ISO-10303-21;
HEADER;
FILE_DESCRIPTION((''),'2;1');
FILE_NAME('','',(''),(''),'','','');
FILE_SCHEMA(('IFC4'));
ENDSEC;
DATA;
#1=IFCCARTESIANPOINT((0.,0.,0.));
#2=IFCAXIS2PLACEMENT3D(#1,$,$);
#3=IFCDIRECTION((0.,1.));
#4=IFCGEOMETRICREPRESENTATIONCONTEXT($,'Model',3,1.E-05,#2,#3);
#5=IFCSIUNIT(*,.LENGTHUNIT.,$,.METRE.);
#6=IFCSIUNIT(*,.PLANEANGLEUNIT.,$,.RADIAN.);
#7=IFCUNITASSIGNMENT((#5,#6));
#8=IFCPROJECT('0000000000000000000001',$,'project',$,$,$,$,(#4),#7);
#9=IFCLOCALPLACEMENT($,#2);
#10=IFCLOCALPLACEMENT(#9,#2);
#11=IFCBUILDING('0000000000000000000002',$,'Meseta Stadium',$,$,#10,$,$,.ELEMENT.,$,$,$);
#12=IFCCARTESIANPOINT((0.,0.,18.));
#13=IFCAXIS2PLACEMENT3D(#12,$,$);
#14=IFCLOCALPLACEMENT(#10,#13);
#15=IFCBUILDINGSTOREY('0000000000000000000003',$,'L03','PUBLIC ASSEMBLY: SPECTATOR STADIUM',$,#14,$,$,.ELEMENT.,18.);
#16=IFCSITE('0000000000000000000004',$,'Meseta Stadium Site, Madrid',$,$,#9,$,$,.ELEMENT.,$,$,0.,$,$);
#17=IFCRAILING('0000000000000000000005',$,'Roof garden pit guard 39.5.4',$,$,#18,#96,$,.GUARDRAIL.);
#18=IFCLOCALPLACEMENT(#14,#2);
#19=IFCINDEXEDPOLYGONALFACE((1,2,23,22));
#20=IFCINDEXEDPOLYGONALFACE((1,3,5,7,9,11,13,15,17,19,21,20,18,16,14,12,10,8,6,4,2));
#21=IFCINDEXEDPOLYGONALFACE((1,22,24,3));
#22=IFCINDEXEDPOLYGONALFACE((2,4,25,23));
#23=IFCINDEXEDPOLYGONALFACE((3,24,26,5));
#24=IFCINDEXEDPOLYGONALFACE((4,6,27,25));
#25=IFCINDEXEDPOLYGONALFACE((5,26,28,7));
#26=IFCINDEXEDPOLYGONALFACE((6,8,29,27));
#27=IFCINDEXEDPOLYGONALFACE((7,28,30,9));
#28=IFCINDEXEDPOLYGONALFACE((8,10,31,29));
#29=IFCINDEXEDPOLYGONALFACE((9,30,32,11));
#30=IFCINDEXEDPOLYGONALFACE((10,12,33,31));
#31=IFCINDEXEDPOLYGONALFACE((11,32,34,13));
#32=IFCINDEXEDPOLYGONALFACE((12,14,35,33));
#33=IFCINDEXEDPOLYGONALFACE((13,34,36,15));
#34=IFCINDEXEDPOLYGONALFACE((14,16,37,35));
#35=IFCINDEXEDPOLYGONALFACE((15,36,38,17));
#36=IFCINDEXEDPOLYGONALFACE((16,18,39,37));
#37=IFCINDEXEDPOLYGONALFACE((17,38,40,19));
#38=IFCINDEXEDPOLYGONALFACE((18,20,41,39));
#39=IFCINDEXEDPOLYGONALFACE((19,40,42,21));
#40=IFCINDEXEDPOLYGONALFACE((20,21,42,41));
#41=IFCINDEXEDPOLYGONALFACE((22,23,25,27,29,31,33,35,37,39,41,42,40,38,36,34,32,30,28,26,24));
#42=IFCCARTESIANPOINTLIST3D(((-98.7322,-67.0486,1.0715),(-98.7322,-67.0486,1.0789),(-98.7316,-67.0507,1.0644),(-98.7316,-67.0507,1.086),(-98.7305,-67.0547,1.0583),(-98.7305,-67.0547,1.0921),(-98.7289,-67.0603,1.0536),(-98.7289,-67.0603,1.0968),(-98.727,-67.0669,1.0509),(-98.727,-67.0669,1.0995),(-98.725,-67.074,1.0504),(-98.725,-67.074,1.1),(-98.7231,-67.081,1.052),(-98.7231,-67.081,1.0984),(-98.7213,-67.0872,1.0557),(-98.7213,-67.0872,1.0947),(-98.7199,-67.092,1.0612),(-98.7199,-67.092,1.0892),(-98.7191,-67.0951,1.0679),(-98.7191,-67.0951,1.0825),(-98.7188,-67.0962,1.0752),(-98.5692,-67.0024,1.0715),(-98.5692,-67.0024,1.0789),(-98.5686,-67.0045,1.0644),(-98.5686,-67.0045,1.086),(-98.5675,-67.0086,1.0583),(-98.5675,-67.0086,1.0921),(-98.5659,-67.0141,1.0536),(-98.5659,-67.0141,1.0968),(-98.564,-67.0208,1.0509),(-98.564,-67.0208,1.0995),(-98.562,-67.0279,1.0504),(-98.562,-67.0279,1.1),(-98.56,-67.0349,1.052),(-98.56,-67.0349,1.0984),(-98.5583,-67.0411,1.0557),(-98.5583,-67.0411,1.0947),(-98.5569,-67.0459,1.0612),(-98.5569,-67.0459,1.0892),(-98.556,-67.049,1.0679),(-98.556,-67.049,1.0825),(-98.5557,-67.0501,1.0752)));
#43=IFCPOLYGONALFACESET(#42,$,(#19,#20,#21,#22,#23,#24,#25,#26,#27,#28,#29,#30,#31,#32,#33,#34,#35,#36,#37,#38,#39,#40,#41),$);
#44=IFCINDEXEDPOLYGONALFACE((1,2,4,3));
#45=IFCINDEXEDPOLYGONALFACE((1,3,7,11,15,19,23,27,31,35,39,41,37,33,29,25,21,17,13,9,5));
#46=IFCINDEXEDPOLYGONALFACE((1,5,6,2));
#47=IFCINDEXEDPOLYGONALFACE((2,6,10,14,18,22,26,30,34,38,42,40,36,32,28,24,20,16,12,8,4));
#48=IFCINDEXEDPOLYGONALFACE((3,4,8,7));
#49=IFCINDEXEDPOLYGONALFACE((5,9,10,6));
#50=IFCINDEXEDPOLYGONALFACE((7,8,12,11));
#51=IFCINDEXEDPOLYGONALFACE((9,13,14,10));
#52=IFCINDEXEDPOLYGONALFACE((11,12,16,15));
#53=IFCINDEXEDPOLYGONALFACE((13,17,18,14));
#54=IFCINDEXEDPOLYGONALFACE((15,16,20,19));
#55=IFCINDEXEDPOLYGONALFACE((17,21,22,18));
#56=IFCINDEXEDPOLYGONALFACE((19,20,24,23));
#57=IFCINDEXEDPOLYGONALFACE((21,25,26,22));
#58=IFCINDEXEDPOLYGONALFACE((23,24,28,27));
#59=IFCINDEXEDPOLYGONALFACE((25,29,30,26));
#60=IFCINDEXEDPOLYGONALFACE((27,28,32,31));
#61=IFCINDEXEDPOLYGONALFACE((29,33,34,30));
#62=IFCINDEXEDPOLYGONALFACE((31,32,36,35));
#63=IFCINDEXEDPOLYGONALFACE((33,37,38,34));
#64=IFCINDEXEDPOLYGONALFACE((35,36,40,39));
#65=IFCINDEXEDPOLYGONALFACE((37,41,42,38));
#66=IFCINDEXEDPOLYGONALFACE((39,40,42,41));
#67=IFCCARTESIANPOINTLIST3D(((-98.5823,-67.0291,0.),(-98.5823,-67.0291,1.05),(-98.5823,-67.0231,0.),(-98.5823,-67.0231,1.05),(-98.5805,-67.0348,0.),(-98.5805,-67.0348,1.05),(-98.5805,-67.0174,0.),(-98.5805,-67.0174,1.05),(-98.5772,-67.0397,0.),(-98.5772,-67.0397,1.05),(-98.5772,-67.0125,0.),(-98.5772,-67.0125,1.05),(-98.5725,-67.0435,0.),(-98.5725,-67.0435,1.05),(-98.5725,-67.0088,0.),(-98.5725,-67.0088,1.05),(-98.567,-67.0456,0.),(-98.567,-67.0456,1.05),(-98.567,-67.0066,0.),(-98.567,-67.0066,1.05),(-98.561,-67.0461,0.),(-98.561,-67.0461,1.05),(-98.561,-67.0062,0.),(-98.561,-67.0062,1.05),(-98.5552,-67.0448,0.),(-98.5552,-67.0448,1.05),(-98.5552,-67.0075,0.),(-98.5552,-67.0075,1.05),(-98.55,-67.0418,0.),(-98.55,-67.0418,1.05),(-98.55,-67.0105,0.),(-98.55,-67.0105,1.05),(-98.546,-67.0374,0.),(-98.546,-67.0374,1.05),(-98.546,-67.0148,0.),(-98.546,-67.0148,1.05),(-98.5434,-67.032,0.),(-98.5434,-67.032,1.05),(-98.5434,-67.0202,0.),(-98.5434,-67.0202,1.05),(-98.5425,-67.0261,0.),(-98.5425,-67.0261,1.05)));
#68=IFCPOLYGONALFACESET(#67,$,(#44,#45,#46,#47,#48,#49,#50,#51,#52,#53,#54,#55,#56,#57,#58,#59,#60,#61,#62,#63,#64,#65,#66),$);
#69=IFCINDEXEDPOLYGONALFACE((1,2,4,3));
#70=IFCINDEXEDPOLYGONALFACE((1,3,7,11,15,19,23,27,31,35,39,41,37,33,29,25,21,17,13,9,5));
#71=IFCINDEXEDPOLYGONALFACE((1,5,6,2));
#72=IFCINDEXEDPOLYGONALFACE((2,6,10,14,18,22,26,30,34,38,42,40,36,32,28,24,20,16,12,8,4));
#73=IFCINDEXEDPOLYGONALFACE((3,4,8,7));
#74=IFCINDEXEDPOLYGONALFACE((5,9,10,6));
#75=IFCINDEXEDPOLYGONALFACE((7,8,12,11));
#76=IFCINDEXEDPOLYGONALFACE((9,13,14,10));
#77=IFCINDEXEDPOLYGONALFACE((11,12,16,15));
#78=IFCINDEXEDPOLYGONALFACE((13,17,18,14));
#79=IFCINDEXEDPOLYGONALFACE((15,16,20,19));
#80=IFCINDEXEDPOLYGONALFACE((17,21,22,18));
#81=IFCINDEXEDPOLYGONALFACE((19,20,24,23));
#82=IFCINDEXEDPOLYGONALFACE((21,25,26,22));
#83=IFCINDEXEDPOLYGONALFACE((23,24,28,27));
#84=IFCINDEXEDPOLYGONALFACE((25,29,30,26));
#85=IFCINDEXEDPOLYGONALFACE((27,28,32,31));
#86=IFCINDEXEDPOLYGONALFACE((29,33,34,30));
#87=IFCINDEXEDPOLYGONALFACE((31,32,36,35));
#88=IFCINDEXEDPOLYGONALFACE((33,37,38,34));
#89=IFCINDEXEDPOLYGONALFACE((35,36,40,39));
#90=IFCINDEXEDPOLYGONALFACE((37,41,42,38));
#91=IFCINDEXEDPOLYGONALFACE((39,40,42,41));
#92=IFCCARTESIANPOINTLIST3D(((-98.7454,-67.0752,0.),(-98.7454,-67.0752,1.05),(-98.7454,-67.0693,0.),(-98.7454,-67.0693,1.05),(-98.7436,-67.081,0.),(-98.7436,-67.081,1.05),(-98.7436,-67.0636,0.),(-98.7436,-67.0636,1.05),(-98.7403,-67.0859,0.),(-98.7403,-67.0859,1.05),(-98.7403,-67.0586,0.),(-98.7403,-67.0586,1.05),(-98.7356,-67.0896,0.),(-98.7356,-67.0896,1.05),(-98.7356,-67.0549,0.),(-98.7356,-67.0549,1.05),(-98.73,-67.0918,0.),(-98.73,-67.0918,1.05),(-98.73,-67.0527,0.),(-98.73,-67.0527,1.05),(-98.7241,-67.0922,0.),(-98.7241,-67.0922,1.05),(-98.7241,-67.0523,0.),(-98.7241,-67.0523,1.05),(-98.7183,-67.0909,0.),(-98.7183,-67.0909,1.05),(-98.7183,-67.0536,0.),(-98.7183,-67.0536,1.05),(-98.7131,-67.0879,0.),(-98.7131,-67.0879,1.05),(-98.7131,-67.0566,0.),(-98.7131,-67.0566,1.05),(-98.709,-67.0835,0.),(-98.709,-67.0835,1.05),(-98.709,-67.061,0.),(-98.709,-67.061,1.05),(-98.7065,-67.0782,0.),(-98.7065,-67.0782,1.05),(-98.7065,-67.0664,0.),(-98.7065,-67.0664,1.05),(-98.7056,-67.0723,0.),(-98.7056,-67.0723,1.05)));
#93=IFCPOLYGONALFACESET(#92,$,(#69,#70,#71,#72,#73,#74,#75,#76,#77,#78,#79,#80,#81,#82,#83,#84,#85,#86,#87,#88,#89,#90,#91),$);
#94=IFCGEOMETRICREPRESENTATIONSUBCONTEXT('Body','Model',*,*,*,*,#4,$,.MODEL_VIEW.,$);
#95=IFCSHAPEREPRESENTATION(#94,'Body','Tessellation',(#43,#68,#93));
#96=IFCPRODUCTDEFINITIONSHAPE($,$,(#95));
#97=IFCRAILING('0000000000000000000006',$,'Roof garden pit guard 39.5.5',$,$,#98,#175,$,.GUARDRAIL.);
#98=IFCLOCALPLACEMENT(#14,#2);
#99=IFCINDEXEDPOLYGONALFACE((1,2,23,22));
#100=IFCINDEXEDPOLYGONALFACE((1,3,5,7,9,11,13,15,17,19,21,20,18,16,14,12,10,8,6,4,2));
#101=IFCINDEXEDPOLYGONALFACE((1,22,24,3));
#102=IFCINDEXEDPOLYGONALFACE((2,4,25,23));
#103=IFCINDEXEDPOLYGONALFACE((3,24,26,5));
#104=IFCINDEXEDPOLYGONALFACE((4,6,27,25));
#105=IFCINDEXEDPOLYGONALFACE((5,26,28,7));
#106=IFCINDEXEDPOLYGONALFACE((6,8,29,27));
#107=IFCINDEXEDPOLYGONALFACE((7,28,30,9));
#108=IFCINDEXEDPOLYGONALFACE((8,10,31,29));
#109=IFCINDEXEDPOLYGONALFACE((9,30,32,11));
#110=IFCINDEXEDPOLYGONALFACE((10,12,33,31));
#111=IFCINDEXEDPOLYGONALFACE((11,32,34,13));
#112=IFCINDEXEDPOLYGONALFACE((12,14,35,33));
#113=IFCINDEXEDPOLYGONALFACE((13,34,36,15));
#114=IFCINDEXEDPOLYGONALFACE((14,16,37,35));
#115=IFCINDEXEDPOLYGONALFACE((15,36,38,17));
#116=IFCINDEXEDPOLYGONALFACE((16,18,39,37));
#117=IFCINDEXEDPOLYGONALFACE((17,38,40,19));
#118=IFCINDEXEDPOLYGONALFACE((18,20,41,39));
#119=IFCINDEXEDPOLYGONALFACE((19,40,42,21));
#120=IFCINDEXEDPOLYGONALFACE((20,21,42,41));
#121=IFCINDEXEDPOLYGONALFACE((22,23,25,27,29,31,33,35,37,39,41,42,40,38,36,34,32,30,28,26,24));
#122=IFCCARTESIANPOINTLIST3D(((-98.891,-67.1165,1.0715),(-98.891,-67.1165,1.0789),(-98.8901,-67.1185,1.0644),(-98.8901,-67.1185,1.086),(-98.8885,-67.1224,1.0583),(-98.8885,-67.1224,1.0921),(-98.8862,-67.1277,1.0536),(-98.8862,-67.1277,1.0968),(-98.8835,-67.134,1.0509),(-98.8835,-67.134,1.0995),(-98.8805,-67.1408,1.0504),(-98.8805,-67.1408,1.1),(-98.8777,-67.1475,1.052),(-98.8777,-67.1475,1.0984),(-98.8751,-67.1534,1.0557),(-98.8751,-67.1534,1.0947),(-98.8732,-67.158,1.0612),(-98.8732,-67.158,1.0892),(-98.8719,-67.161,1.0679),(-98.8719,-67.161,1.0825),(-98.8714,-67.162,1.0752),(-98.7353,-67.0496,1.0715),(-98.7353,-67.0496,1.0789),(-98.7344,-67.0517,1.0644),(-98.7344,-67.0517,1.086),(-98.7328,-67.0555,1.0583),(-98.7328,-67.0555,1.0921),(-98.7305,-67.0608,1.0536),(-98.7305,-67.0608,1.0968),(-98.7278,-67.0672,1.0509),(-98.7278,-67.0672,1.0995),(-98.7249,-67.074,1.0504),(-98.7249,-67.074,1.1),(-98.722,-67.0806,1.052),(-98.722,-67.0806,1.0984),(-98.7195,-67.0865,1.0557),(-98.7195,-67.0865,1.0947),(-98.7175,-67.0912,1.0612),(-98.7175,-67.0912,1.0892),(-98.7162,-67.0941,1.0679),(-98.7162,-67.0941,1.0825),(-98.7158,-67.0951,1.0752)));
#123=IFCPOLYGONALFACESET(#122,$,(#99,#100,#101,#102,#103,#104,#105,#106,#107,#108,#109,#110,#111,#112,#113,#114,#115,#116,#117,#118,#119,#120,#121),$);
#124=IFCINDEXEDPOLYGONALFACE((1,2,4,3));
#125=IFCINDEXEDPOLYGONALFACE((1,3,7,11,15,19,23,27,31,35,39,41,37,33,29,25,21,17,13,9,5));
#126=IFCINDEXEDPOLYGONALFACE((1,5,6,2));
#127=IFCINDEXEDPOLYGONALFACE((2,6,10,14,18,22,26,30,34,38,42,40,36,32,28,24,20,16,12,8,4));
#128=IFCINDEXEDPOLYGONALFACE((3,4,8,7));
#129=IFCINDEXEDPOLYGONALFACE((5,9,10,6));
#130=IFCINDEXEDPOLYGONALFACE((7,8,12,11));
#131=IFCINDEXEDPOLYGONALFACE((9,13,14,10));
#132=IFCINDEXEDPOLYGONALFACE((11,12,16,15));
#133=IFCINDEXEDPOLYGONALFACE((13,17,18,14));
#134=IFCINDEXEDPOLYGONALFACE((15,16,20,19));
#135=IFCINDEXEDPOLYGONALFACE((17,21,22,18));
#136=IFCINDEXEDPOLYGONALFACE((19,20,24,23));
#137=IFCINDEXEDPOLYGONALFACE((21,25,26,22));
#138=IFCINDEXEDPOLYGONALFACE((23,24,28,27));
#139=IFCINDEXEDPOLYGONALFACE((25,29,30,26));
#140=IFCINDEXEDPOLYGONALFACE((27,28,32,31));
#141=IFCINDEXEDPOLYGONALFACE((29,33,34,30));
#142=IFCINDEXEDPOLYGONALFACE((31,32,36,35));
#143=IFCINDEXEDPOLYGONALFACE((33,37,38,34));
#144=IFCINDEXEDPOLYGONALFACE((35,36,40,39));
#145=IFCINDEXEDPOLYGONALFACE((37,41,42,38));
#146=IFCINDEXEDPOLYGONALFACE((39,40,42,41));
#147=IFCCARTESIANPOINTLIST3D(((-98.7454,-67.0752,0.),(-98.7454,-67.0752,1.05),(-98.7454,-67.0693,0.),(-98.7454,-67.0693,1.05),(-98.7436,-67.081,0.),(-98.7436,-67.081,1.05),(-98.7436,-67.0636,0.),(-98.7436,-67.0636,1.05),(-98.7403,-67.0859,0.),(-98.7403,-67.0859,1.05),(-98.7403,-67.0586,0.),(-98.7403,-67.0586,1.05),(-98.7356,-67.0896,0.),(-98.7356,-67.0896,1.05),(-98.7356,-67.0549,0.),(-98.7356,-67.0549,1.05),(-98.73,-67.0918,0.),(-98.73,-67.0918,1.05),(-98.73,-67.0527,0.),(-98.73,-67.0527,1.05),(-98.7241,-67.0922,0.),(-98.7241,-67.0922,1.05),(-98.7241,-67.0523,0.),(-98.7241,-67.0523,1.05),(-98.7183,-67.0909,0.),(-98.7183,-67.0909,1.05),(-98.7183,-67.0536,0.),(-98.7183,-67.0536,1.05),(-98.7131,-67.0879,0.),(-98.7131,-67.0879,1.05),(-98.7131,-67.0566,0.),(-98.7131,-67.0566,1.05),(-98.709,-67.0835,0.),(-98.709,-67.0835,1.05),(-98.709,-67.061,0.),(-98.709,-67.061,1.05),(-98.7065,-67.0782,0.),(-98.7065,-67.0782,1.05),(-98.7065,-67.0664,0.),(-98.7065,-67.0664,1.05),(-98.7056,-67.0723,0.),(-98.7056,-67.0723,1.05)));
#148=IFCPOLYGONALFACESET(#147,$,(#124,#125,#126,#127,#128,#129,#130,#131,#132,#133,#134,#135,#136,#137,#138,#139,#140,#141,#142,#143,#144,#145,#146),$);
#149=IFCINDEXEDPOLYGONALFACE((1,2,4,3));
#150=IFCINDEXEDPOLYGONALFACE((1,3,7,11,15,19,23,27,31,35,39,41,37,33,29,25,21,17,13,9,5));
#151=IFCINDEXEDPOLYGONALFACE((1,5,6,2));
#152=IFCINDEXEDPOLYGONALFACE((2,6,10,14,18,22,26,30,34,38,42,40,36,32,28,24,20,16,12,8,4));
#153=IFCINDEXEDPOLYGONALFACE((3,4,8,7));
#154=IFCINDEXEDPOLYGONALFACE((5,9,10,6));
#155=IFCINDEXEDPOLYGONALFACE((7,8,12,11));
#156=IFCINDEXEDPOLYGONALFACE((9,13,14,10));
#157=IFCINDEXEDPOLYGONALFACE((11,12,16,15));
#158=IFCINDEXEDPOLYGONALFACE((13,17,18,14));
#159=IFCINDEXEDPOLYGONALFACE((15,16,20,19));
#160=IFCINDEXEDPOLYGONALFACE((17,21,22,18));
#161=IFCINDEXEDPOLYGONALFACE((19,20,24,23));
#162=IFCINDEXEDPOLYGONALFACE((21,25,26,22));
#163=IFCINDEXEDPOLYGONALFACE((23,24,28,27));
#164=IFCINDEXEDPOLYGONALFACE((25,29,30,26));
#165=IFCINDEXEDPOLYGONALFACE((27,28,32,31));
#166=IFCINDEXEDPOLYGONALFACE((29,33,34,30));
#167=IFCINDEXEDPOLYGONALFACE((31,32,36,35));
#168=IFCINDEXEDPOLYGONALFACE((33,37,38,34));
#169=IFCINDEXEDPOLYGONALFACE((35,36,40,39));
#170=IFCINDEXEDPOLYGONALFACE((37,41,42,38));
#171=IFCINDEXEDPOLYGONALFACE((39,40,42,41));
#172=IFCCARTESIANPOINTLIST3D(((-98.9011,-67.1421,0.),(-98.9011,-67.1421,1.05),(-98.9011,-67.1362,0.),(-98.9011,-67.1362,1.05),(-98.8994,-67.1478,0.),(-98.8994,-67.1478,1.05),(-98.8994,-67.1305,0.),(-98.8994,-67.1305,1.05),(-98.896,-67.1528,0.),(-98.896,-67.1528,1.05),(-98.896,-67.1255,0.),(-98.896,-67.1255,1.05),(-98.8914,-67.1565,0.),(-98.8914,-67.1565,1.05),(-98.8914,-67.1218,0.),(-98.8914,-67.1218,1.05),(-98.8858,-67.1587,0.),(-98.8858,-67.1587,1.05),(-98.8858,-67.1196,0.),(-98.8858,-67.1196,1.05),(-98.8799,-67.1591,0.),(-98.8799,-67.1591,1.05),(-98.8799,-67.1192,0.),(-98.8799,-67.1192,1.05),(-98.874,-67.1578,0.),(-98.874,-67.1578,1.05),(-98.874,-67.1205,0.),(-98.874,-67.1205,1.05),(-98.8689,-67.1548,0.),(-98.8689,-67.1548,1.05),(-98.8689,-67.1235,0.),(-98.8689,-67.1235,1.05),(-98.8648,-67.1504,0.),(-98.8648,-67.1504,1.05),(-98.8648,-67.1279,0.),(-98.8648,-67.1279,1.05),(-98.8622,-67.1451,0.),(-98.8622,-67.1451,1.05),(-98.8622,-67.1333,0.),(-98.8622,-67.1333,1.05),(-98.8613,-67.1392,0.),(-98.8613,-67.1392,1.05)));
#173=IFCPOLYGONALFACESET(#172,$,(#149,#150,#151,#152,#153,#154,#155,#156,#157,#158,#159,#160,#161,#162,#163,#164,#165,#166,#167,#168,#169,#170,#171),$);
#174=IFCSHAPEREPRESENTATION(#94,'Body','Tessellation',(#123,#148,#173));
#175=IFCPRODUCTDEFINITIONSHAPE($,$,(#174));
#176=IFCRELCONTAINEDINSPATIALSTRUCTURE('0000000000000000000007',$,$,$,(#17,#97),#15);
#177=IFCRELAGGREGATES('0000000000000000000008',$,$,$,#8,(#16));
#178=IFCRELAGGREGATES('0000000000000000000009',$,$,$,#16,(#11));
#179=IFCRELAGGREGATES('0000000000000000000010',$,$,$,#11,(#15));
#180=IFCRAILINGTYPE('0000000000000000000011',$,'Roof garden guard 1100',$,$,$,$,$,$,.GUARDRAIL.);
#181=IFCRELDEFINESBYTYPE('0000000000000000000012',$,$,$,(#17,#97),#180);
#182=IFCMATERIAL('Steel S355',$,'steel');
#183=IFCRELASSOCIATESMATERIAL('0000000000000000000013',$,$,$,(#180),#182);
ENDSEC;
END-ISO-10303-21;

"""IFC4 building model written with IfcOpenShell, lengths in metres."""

from ifc_helpers import new_model, si_unit, direction, frame, origin, origin_2d, place, context, subcontext, project, spatial, circle, extrude, material, type_object, element, save


model = new_model("IFC4")

# Units and contexts
model_context = context("Model", 3, precision=1e-05, world=origin(), true_north=direction((0.0, 1.0)))
body_context = subcontext(model_context, "Body", "Model", "MODEL_VIEW")
ifc_project = project(units=[si_unit("LENGTHUNIT", "METRE"), si_unit("PLANEANGLEUNIT", "RADIAN")], contexts=[model_context])

# Site, building, storey
site_placement = place(None, origin())
site = spatial("IfcSite", under=ifc_project, at=site_placement, Name="Meseta Stadium Site, Madrid", CompositionType="ELEMENT", RefElevation=0.0)
building_placement = place(site_placement, origin())
building = spatial("IfcBuilding", under=site, at=building_placement, Name="Meseta Stadium", CompositionType="ELEMENT")
storey_placement = place(building_placement, frame((0.0, 0.0, 18.0)))
storey = spatial("IfcBuildingStorey", under=building, at=storey_placement, Name="L03", Description="PUBLIC ASSEMBLY: SPECTATOR STADIUM", CompositionType="ELEMENT", Elevation=18.0)

# Railings
ifc_material_1 = material(Name="Steel S355", Category="steel")
railing_type = type_object("IfcRailingType", Name="Roof garden guard 1100", PredefinedType="GUARDRAIL", material=ifc_material_1)
railing_1_placement = place(storey_placement, frame((-98.5625, -67.0261, 0.0)))
element("IfcRailing", 1, at=railing_1_placement, inside=storey, type_object=railing_type, Name="Roof garden pit guard 39.5.4", PredefinedType="GUARDRAIL", context=body_context, shape_type="SweptSolid", body=[
    extrude(circle(Radius=0.0249, at=origin_2d()), frame((0.0, 0.0, 1.0752), z_axis=(-0.962227, -0.272247, 0.0), x_axis=(0.272247, -0.962227, 0.0)), (0.0, 0.0, 1.0), 0.1694),
    extrude(circle(Radius=0.02, at=origin_2d()), origin(), (0.0, 0.0, 1.0), 1.05),
    extrude(circle(Radius=0.02, at=origin_2d()), frame((-0.1631, -0.0461, 0.0)), (0.0, 0.0, 1.0), 1.05),
])
railing_2_placement = place(storey_placement, frame((-98.7256, -67.0723, 0.0)))
element("IfcRailing", 2, at=railing_2_placement, inside=storey, type_object=railing_type, Name="Roof garden pit guard 39.5.5", PredefinedType="GUARDRAIL", context=body_context, shape_type="SweptSolid", body=[
    extrude(circle(Radius=0.0249, at=origin_2d()), frame((0.0, 0.0, 1.0752), z_axis=(-0.918847, -0.394614, 0.0), x_axis=(0.394614, -0.918847, 0.0)), (0.0, 0.0, 1.0), 0.1694),
    extrude(circle(Radius=0.02, at=origin_2d()), origin(), (0.0, 0.0, 1.0), 1.05),
    extrude(circle(Radius=0.02, at=origin_2d()), frame((-0.1558, -0.0669, 0.0)), (0.0, 0.0, 1.0), 1.05),
])

save(model, "model.ifc")
